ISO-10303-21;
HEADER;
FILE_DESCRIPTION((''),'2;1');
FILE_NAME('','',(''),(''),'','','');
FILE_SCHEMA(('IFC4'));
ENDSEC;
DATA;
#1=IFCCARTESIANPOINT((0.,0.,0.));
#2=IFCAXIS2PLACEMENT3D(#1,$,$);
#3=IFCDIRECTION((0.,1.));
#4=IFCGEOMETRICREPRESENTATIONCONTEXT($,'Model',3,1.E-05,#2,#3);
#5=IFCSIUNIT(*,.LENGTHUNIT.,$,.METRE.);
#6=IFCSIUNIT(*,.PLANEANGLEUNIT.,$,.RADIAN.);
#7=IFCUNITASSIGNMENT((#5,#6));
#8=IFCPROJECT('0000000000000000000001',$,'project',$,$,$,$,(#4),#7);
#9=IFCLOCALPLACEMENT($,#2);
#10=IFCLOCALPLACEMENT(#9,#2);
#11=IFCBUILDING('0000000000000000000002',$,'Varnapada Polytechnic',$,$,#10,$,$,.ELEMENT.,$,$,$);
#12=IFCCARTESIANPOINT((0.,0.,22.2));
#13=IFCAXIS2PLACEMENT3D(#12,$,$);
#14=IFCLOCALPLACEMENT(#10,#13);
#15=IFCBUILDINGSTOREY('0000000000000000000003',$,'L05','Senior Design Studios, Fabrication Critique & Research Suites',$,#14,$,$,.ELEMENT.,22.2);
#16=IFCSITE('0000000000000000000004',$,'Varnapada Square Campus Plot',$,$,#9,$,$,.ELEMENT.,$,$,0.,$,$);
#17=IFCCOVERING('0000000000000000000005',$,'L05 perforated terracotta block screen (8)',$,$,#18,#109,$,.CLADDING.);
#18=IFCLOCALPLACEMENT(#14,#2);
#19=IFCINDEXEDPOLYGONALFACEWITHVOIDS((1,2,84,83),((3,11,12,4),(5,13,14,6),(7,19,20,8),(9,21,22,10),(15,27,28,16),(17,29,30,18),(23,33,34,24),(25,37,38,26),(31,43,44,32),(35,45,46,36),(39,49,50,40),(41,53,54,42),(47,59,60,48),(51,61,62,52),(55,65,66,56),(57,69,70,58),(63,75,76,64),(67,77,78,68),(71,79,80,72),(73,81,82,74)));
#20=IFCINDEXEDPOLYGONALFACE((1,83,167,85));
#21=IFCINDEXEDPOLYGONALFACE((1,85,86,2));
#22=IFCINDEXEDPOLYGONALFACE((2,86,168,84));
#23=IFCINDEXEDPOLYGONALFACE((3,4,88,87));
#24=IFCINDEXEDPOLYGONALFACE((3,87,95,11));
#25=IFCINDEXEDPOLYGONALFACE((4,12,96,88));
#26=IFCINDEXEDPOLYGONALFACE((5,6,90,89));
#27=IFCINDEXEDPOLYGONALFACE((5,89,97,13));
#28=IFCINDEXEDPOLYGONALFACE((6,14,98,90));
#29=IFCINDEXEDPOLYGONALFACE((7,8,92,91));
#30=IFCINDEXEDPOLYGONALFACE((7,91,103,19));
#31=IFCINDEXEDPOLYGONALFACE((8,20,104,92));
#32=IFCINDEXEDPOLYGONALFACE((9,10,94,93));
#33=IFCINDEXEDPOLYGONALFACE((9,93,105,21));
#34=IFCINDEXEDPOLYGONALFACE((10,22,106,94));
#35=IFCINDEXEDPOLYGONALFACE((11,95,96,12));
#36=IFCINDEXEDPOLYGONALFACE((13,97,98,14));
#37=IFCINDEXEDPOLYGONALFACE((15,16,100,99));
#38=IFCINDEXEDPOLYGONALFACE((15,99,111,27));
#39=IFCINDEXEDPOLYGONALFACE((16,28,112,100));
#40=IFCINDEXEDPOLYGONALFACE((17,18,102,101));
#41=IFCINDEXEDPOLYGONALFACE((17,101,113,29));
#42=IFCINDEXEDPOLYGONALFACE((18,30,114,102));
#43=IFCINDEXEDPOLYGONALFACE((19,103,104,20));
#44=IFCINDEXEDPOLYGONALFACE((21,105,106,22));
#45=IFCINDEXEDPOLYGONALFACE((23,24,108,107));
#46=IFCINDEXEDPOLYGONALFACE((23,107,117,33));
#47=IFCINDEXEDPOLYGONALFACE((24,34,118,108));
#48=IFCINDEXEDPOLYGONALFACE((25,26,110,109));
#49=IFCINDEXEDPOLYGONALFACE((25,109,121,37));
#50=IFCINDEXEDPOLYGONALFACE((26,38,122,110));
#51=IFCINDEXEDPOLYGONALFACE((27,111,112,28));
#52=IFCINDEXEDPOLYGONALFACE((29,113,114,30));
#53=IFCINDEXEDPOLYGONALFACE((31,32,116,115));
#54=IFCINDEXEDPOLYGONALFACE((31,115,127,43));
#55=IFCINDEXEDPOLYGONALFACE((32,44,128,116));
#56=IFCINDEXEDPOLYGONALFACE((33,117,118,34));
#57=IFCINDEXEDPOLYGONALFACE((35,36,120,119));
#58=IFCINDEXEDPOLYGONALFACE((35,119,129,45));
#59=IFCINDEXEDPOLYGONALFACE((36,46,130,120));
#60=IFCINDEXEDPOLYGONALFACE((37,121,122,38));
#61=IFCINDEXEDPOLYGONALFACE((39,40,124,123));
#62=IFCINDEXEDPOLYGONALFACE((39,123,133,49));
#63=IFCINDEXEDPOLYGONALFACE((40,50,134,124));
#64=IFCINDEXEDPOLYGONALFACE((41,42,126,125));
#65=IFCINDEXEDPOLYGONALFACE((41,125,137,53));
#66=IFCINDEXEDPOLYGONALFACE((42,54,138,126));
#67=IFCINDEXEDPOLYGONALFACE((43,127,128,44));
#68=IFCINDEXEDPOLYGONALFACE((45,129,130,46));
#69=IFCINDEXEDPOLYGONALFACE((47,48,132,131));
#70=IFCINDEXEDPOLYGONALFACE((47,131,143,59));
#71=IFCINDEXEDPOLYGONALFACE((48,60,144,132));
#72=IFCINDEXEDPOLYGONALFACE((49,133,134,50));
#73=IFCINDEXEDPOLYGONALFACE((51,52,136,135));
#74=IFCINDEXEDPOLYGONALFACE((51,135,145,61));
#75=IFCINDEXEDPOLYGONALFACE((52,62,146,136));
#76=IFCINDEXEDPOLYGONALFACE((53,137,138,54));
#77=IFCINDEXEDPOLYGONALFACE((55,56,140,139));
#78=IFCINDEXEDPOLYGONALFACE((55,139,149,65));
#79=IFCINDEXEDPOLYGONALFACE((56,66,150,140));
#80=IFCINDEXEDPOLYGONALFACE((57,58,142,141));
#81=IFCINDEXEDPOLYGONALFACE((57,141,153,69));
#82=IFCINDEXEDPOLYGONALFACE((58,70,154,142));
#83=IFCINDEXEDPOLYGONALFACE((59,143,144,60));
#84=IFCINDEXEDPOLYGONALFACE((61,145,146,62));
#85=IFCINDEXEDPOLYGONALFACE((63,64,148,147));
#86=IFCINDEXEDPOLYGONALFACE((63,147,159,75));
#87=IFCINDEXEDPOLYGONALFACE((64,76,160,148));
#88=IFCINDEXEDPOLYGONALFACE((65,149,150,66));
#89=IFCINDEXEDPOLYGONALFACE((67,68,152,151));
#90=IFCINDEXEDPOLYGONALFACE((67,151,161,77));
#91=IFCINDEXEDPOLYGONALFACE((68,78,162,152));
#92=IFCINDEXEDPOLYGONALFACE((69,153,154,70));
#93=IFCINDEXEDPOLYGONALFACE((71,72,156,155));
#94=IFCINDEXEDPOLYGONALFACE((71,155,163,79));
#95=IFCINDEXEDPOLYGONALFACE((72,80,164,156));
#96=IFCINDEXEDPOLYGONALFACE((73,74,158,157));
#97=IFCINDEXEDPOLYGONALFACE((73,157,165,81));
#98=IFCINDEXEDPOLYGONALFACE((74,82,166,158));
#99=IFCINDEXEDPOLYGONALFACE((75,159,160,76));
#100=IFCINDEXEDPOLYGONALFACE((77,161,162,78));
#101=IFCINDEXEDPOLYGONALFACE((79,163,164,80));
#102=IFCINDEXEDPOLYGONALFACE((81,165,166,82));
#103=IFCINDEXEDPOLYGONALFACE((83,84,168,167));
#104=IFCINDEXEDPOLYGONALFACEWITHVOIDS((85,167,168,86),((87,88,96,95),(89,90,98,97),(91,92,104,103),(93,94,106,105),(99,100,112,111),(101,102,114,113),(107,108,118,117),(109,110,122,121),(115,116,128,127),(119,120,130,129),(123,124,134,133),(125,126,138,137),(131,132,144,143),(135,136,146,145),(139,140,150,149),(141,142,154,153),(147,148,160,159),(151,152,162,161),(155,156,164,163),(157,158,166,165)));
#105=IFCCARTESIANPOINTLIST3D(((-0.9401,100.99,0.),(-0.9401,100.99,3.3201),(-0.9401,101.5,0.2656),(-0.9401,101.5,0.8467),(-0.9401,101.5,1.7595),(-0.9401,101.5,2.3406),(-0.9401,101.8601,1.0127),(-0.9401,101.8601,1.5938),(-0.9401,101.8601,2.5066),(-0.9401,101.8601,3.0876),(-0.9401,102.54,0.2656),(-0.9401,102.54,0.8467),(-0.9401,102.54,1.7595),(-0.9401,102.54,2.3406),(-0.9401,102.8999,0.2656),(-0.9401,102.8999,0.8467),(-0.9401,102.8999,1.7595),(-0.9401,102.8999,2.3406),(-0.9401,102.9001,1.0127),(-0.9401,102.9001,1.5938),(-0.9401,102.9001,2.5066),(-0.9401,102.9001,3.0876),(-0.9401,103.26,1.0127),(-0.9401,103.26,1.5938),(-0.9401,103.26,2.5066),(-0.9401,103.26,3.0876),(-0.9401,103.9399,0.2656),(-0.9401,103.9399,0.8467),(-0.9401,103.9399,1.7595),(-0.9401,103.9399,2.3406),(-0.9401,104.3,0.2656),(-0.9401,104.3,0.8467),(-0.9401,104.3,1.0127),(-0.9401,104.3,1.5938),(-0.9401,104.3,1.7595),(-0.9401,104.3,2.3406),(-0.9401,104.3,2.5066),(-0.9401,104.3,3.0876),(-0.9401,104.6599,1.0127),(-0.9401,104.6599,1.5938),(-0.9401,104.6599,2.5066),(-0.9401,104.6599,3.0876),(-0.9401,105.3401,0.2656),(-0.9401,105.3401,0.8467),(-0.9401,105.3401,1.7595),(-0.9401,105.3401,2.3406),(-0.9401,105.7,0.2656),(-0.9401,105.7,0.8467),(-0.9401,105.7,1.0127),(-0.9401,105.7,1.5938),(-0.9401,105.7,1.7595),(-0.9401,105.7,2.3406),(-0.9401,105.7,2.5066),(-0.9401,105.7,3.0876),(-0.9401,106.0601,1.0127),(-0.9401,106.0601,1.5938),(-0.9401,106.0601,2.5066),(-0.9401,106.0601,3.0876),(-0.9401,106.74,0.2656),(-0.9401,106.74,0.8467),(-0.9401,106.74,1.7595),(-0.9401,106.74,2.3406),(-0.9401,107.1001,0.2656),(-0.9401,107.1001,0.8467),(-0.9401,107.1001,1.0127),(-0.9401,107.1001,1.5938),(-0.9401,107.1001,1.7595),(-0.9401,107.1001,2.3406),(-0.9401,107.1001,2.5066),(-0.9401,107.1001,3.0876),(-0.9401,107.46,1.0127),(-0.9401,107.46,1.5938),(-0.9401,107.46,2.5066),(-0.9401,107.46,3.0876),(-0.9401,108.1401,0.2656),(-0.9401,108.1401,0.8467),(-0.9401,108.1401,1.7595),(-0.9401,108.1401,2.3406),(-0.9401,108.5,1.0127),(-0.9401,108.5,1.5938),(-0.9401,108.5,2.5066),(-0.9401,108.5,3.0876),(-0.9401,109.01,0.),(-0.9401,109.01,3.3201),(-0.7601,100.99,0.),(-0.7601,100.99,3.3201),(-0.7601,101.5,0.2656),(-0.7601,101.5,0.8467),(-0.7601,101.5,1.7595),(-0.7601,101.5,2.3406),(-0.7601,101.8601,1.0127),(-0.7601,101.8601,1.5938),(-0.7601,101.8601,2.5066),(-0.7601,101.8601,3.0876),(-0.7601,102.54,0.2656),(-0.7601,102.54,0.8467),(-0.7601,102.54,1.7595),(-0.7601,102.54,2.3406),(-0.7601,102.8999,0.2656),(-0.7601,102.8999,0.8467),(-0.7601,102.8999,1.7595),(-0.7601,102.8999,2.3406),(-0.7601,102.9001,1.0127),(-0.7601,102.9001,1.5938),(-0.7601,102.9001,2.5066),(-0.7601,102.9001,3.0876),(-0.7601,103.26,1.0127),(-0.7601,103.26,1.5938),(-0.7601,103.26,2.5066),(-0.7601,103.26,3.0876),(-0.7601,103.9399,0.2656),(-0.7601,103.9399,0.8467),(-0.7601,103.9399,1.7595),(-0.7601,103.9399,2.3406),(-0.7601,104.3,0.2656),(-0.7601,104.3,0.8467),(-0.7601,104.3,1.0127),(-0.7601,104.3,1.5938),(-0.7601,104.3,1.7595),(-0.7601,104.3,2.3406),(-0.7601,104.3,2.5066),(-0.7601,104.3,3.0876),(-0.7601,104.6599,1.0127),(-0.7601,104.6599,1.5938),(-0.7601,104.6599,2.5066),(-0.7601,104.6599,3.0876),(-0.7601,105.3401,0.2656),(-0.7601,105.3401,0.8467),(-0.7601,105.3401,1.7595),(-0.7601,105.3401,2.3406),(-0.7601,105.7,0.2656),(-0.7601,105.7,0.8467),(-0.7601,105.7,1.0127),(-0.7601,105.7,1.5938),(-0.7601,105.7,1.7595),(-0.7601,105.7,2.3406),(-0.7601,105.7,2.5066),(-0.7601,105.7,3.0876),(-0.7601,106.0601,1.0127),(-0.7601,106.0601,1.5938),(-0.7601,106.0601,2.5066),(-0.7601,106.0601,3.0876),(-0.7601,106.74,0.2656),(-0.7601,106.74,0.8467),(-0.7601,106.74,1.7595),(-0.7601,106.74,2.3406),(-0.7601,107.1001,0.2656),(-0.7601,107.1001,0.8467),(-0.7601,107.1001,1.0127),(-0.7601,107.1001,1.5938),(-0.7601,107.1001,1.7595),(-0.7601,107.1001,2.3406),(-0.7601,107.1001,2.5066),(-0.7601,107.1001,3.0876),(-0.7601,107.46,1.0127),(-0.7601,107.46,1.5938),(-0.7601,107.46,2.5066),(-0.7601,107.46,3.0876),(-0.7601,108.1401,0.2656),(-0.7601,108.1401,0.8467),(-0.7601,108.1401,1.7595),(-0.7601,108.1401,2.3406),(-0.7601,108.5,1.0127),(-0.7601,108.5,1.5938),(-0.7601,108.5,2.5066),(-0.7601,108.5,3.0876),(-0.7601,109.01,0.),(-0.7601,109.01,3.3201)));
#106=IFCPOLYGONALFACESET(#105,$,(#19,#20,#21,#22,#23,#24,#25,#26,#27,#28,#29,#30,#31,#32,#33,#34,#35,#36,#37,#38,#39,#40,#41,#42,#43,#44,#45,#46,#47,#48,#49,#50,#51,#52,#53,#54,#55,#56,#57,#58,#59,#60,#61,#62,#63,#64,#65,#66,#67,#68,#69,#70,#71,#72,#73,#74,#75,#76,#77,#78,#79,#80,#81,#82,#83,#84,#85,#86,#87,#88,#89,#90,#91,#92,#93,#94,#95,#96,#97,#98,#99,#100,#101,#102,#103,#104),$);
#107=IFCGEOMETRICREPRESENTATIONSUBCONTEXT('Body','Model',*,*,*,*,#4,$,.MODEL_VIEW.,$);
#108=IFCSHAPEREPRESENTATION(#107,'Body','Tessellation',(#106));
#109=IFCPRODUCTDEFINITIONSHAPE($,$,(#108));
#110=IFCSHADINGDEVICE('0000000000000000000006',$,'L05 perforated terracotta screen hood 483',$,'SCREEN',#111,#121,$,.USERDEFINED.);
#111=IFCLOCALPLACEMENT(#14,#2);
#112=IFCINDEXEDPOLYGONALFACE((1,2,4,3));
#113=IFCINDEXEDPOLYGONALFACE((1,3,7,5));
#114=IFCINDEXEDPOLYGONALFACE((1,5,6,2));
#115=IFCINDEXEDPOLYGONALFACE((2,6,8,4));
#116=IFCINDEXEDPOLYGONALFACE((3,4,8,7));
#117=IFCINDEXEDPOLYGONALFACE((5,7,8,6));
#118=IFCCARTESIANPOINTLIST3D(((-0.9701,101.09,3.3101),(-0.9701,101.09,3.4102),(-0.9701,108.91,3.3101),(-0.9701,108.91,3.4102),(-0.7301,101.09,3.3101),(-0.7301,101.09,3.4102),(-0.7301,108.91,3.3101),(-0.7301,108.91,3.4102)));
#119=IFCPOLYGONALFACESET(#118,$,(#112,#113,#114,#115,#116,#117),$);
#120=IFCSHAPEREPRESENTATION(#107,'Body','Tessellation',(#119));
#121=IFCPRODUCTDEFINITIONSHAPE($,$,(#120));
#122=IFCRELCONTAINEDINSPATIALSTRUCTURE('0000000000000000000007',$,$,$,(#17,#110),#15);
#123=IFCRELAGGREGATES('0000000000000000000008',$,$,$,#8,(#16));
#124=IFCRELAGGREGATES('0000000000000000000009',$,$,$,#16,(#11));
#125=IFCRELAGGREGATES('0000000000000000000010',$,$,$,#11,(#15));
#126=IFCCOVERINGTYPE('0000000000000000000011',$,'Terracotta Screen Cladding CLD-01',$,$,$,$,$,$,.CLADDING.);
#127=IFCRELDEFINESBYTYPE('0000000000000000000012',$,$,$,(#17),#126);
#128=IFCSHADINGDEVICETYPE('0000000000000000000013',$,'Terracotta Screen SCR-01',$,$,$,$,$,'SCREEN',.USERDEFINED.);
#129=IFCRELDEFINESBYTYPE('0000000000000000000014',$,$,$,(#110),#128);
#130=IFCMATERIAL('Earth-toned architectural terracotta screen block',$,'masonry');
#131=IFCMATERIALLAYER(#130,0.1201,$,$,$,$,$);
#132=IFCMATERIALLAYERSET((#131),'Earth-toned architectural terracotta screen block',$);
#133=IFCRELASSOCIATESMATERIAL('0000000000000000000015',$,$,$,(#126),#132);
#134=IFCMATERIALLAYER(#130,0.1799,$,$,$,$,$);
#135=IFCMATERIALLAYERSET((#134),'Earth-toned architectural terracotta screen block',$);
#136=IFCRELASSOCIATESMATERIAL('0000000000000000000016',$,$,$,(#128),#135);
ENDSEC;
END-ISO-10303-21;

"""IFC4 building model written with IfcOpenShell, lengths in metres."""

from ifc_helpers import new_model, si_unit, direction, frame, frame_2d, origin, origin_2d, place, context, subcontext, project, spatial, rectangle, extrude, material, layer, layer_set, type_object, element, save


model = new_model("IFC4")

# Units and contexts
model_context = context("Model", 3, precision=1e-05, world=origin(), true_north=direction((0.0, 1.0)))
body_context = subcontext(model_context, "Body", "Model", "MODEL_VIEW")
ifc_project = project(units=[si_unit("LENGTHUNIT", "METRE"), si_unit("PLANEANGLEUNIT", "RADIAN")], contexts=[model_context])

# Site, building, storey
site_placement = place(None, origin())
site = spatial("IfcSite", under=ifc_project, at=site_placement, Name="Varnapada Square Campus Plot", CompositionType="ELEMENT", RefElevation=0.0)
building_placement = place(site_placement, origin())
building = spatial("IfcBuilding", under=site, at=building_placement, Name="Varnapada Polytechnic", CompositionType="ELEMENT")
storey_placement = place(building_placement, frame((0.0, 0.0, 22.2)))
storey = spatial("IfcBuildingStorey", under=building, at=storey_placement, Name="L05", Description="Senior Design Studios, Fabrication Critique & Research Suites", CompositionType="ELEMENT", Elevation=22.2)

# Covering, openings
ifc_material_1 = material(Name="Earth-toned architectural terracotta screen block", Category="masonry")
ifc_layer_1 = layer(ifc_material_1, 0.1201)
ifc_layer_set_1 = layer_set([ifc_layer_1], Name="Earth-toned architectural terracotta screen block")
covering_type_1 = type_object("IfcCoveringType", Name="Terracotta Screen Cladding CLD-01", PredefinedType="CLADDING", material=ifc_layer_set_1)
covering_1_placement = place(storey_placement, frame((-0.8501, 100.99, 0.0), z_axis=(0.0, 0.0, 1.0), x_axis=(0.0, 1.0, 0.0)))
covering_1 = element("IfcCovering", 1, at=covering_1_placement, inside=storey, type_object=covering_type_1, Name="L05 perforated terracotta block screen (8)", PredefinedType="CLADDING", context=body_context, shape_type="SweptSolid", body=[
    extrude(rectangle(XDim=8.02, YDim=0.1799, at=frame_2d((4.01, 0.0))), origin(), (0.0, 0.0, 1.0), 3.3201),
])
opening_1_placement = place(covering_1_placement, frame((0.51, 0.0, 0.2656)))
element("IfcOpeningElement", 2, at=opening_1_placement, cuts=covering_1, PredefinedType="OPENING", context=body_context, shape_type="SweptSolid", body=[
    extrude(rectangle(XDim=1.04, YDim=0.5811, at=frame_2d((0.52, 0.2905))), frame((0.0, 0.0999, 0.0), z_axis=(0.0, -1.0, 0.0), x_axis=(1.0, 0.0, 0.0)), (0.0, 0.0, 1.0), 0.2),
])
opening_2_placement = place(covering_1_placement, frame((1.9099, 0.0, 0.2656)))
element("IfcOpeningElement", 3, at=opening_2_placement, cuts=covering_1, PredefinedType="OPENING", context=body_context, shape_type="SweptSolid", body=[
    extrude(rectangle(XDim=1.04, YDim=0.5811, at=frame_2d((0.52, 0.2905))), frame((0.0, 0.0999, 0.0), z_axis=(0.0, -1.0, 0.0), x_axis=(1.0, 0.0, 0.0)), (0.0, 0.0, 1.0), 0.2),
])
opening_3_placement = place(covering_1_placement, frame((3.3101, 0.0, 0.2656)))
element("IfcOpeningElement", 4, at=opening_3_placement, cuts=covering_1, PredefinedType="OPENING", context=body_context, shape_type="SweptSolid", body=[
    extrude(rectangle(XDim=1.04, YDim=0.5811, at=frame_2d((0.52, 0.2905))), frame((0.0, 0.0999, 0.0), z_axis=(0.0, -1.0, 0.0), x_axis=(1.0, 0.0, 0.0)), (0.0, 0.0, 1.0), 0.2),
])
opening_4_placement = place(covering_1_placement, frame((4.71, 0.0, 0.2656)))
element("IfcOpeningElement", 5, at=opening_4_placement, cuts=covering_1, PredefinedType="OPENING", context=body_context, shape_type="SweptSolid", body=[
    extrude(rectangle(XDim=1.04, YDim=0.5811, at=frame_2d((0.52, 0.2905))), frame((0.0, 0.0999, 0.0), z_axis=(0.0, -1.0, 0.0), x_axis=(1.0, 0.0, 0.0)), (0.0, 0.0, 1.0), 0.2),
])
opening_5_placement = place(covering_1_placement, frame((6.1101, 0.0, 0.2656)))
element("IfcOpeningElement", 6, at=opening_5_placement, cuts=covering_1, PredefinedType="OPENING", context=body_context, shape_type="SweptSolid", body=[
    extrude(rectangle(XDim=1.04, YDim=0.5811, at=frame_2d((0.52, 0.2905))), frame((0.0, 0.0999, 0.0), z_axis=(0.0, -1.0, 0.0), x_axis=(1.0, 0.0, 0.0)), (0.0, 0.0, 1.0), 0.2),
])
opening_6_placement = place(covering_1_placement, frame((0.8701, 0.0, 1.0127)))
element("IfcOpeningElement", 7, at=opening_6_placement, cuts=covering_1, PredefinedType="OPENING", context=body_context, shape_type="SweptSolid", body=[
    extrude(rectangle(XDim=1.04, YDim=0.5811, at=frame_2d((0.52, 0.2905))), frame((0.0, 0.0999, 0.0), z_axis=(0.0, -1.0, 0.0), x_axis=(1.0, 0.0, 0.0)), (0.0, 0.0, 1.0), 0.2),
])
opening_7_placement = place(covering_1_placement, frame((2.27, 0.0, 1.0127)))
element("IfcOpeningElement", 8, at=opening_7_placement, cuts=covering_1, PredefinedType="OPENING", context=body_context, shape_type="SweptSolid", body=[
    extrude(rectangle(XDim=1.04, YDim=0.5811, at=frame_2d((0.52, 0.2905))), frame((0.0, 0.0999, 0.0), z_axis=(0.0, -1.0, 0.0), x_axis=(1.0, 0.0, 0.0)), (0.0, 0.0, 1.0), 0.2),
])
opening_8_placement = place(covering_1_placement, frame((3.6699, 0.0, 1.0127)))
element("IfcOpeningElement", 9, at=opening_8_placement, cuts=covering_1, PredefinedType="OPENING", context=body_context, shape_type="SweptSolid", body=[
    extrude(rectangle(XDim=1.04, YDim=0.5811, at=frame_2d((0.52, 0.2905))), frame((0.0, 0.0999, 0.0), z_axis=(0.0, -1.0, 0.0), x_axis=(1.0, 0.0, 0.0)), (0.0, 0.0, 1.0), 0.2),
])
opening_9_placement = place(covering_1_placement, frame((5.0701, 0.0, 1.0127)))
element("IfcOpeningElement", 10, at=opening_9_placement, cuts=covering_1, PredefinedType="OPENING", context=body_context, shape_type="SweptSolid", body=[
    extrude(rectangle(XDim=1.04, YDim=0.5811, at=frame_2d((0.52, 0.2905))), frame((0.0, 0.0999, 0.0), z_axis=(0.0, -1.0, 0.0), x_axis=(1.0, 0.0, 0.0)), (0.0, 0.0, 1.0), 0.2),
])
opening_10_placement = place(covering_1_placement, frame((6.47, 0.0, 1.0127)))
element("IfcOpeningElement", 11, at=opening_10_placement, cuts=covering_1, PredefinedType="OPENING", context=body_context, shape_type="SweptSolid", body=[
    extrude(rectangle(XDim=1.04, YDim=0.5811, at=frame_2d((0.52, 0.2905))), frame((0.0, 0.0999, 0.0), z_axis=(0.0, -1.0, 0.0), x_axis=(1.0, 0.0, 0.0)), (0.0, 0.0, 1.0), 0.2),
])
opening_11_placement = place(covering_1_placement, frame((0.51, 0.0, 1.7595)))
element("IfcOpeningElement", 12, at=opening_11_placement, cuts=covering_1, PredefinedType="OPENING", context=body_context, shape_type="SweptSolid", body=[
    extrude(rectangle(XDim=1.04, YDim=0.5811, at=frame_2d((0.52, 0.2905))), frame((0.0, 0.0999, 0.0), z_axis=(0.0, -1.0, 0.0), x_axis=(1.0, 0.0, 0.0)), (0.0, 0.0, 1.0), 0.2),
])
opening_12_placement = place(covering_1_placement, frame((1.9099, 0.0, 1.7595)))
element("IfcOpeningElement", 13, at=opening_12_placement, cuts=covering_1, PredefinedType="OPENING", context=body_context, shape_type="SweptSolid", body=[
    extrude(rectangle(XDim=1.04, YDim=0.5811, at=frame_2d((0.52, 0.2905))), frame((0.0, 0.0999, 0.0), z_axis=(0.0, -1.0, 0.0), x_axis=(1.0, 0.0, 0.0)), (0.0, 0.0, 1.0), 0.2),
])
opening_13_placement = place(covering_1_placement, frame((3.3101, 0.0, 1.7595)))
element("IfcOpeningElement", 14, at=opening_13_placement, cuts=covering_1, PredefinedType="OPENING", context=body_context, shape_type="SweptSolid", body=[
    extrude(rectangle(XDim=1.04, YDim=0.5811, at=frame_2d((0.52, 0.2905))), frame((0.0, 0.0999, 0.0), z_axis=(0.0, -1.0, 0.0), x_axis=(1.0, 0.0, 0.0)), (0.0, 0.0, 1.0), 0.2),
])
opening_14_placement = place(covering_1_placement, frame((4.71, 0.0, 1.7595)))
element("IfcOpeningElement", 15, at=opening_14_placement, cuts=covering_1, PredefinedType="OPENING", context=body_context, shape_type="SweptSolid", body=[
    extrude(rectangle(XDim=1.04, YDim=0.5811, at=frame_2d((0.52, 0.2905))), frame((0.0, 0.0999, 0.0), z_axis=(0.0, -1.0, 0.0), x_axis=(1.0, 0.0, 0.0)), (0.0, 0.0, 1.0), 0.2),
])
opening_15_placement = place(covering_1_placement, frame((6.1101, 0.0, 1.7595)))
element("IfcOpeningElement", 16, at=opening_15_placement, cuts=covering_1, PredefinedType="OPENING", context=body_context, shape_type="SweptSolid", body=[
    extrude(rectangle(XDim=1.04, YDim=0.5811, at=frame_2d((0.52, 0.2905))), frame((0.0, 0.0999, 0.0), z_axis=(0.0, -1.0, 0.0), x_axis=(1.0, 0.0, 0.0)), (0.0, 0.0, 1.0), 0.2),
])
opening_16_placement = place(covering_1_placement, frame((0.8701, 0.0, 2.5066)))
element("IfcOpeningElement", 17, at=opening_16_placement, cuts=covering_1, PredefinedType="OPENING", context=body_context, shape_type="SweptSolid", body=[
    extrude(rectangle(XDim=1.04, YDim=0.5811, at=frame_2d((0.52, 0.2905))), frame((0.0, 0.0999, 0.0), z_axis=(0.0, -1.0, 0.0), x_axis=(1.0, 0.0, 0.0)), (0.0, 0.0, 1.0), 0.2),
])
opening_17_placement = place(covering_1_placement, frame((2.27, 0.0, 2.5066)))
element("IfcOpeningElement", 18, at=opening_17_placement, cuts=covering_1, PredefinedType="OPENING", context=body_context, shape_type="SweptSolid", body=[
    extrude(rectangle(XDim=1.04, YDim=0.5811, at=frame_2d((0.52, 0.2905))), frame((0.0, 0.0999, 0.0), z_axis=(0.0, -1.0, 0.0), x_axis=(1.0, 0.0, 0.0)), (0.0, 0.0, 1.0), 0.2),
])
opening_18_placement = place(covering_1_placement, frame((3.6699, 0.0, 2.5066)))
element("IfcOpeningElement", 19, at=opening_18_placement, cuts=covering_1, PredefinedType="OPENING", context=body_context, shape_type="SweptSolid", body=[
    extrude(rectangle(XDim=1.04, YDim=0.5811, at=frame_2d((0.52, 0.2905))), frame((0.0, 0.0999, 0.0), z_axis=(0.0, -1.0, 0.0), x_axis=(1.0, 0.0, 0.0)), (0.0, 0.0, 1.0), 0.2),
])
opening_19_placement = place(covering_1_placement, frame((5.0701, 0.0, 2.5066)))
element("IfcOpeningElement", 20, at=opening_19_placement, cuts=covering_1, PredefinedType="OPENING", context=body_context, shape_type="SweptSolid", body=[
    extrude(rectangle(XDim=1.04, YDim=0.5811, at=frame_2d((0.52, 0.2905))), frame((0.0, 0.0999, 0.0), z_axis=(0.0, -1.0, 0.0), x_axis=(1.0, 0.0, 0.0)), (0.0, 0.0, 1.0), 0.2),
])
opening_20_placement = place(covering_1_placement, frame((6.47, 0.0, 2.5066)))
element("IfcOpeningElement", 21, at=opening_20_placement, cuts=covering_1, PredefinedType="OPENING", context=body_context, shape_type="SweptSolid", body=[
    extrude(rectangle(XDim=1.04, YDim=0.5811, at=frame_2d((0.52, 0.2905))), frame((0.0, 0.0999, 0.0), z_axis=(0.0, -1.0, 0.0), x_axis=(1.0, 0.0, 0.0)), (0.0, 0.0, 1.0), 0.2),
])

# Shading device
ifc_layer_2 = layer(ifc_material_1, 0.1799)
ifc_layer_set_2 = layer_set([ifc_layer_2], Name="Earth-toned architectural terracotta screen block")
shading_device_type = type_object("IfcShadingDeviceType", Name="Terracotta Screen SCR-01", ElementType="SCREEN", PredefinedType="USERDEFINED", material=ifc_layer_set_2)
shading_device_placement = place(storey_placement, frame((-0.8501, 105.0, 3.3101), z_axis=(0.0, 0.0, 1.0), x_axis=(0.0, 1.0, 0.0)))
element("IfcShadingDevice", 22, at=shading_device_placement, inside=storey, type_object=shading_device_type, Name="L05 perforated terracotta screen hood 483", ObjectType="SCREEN", PredefinedType="USERDEFINED", context=body_context, shape_type="SweptSolid", body=[
    extrude(rectangle(XDim=7.8201, YDim=0.24, at=origin_2d()), origin(), (0.0, 0.0, 1.0), 0.1001),
])

save(model, "model.ifc")
